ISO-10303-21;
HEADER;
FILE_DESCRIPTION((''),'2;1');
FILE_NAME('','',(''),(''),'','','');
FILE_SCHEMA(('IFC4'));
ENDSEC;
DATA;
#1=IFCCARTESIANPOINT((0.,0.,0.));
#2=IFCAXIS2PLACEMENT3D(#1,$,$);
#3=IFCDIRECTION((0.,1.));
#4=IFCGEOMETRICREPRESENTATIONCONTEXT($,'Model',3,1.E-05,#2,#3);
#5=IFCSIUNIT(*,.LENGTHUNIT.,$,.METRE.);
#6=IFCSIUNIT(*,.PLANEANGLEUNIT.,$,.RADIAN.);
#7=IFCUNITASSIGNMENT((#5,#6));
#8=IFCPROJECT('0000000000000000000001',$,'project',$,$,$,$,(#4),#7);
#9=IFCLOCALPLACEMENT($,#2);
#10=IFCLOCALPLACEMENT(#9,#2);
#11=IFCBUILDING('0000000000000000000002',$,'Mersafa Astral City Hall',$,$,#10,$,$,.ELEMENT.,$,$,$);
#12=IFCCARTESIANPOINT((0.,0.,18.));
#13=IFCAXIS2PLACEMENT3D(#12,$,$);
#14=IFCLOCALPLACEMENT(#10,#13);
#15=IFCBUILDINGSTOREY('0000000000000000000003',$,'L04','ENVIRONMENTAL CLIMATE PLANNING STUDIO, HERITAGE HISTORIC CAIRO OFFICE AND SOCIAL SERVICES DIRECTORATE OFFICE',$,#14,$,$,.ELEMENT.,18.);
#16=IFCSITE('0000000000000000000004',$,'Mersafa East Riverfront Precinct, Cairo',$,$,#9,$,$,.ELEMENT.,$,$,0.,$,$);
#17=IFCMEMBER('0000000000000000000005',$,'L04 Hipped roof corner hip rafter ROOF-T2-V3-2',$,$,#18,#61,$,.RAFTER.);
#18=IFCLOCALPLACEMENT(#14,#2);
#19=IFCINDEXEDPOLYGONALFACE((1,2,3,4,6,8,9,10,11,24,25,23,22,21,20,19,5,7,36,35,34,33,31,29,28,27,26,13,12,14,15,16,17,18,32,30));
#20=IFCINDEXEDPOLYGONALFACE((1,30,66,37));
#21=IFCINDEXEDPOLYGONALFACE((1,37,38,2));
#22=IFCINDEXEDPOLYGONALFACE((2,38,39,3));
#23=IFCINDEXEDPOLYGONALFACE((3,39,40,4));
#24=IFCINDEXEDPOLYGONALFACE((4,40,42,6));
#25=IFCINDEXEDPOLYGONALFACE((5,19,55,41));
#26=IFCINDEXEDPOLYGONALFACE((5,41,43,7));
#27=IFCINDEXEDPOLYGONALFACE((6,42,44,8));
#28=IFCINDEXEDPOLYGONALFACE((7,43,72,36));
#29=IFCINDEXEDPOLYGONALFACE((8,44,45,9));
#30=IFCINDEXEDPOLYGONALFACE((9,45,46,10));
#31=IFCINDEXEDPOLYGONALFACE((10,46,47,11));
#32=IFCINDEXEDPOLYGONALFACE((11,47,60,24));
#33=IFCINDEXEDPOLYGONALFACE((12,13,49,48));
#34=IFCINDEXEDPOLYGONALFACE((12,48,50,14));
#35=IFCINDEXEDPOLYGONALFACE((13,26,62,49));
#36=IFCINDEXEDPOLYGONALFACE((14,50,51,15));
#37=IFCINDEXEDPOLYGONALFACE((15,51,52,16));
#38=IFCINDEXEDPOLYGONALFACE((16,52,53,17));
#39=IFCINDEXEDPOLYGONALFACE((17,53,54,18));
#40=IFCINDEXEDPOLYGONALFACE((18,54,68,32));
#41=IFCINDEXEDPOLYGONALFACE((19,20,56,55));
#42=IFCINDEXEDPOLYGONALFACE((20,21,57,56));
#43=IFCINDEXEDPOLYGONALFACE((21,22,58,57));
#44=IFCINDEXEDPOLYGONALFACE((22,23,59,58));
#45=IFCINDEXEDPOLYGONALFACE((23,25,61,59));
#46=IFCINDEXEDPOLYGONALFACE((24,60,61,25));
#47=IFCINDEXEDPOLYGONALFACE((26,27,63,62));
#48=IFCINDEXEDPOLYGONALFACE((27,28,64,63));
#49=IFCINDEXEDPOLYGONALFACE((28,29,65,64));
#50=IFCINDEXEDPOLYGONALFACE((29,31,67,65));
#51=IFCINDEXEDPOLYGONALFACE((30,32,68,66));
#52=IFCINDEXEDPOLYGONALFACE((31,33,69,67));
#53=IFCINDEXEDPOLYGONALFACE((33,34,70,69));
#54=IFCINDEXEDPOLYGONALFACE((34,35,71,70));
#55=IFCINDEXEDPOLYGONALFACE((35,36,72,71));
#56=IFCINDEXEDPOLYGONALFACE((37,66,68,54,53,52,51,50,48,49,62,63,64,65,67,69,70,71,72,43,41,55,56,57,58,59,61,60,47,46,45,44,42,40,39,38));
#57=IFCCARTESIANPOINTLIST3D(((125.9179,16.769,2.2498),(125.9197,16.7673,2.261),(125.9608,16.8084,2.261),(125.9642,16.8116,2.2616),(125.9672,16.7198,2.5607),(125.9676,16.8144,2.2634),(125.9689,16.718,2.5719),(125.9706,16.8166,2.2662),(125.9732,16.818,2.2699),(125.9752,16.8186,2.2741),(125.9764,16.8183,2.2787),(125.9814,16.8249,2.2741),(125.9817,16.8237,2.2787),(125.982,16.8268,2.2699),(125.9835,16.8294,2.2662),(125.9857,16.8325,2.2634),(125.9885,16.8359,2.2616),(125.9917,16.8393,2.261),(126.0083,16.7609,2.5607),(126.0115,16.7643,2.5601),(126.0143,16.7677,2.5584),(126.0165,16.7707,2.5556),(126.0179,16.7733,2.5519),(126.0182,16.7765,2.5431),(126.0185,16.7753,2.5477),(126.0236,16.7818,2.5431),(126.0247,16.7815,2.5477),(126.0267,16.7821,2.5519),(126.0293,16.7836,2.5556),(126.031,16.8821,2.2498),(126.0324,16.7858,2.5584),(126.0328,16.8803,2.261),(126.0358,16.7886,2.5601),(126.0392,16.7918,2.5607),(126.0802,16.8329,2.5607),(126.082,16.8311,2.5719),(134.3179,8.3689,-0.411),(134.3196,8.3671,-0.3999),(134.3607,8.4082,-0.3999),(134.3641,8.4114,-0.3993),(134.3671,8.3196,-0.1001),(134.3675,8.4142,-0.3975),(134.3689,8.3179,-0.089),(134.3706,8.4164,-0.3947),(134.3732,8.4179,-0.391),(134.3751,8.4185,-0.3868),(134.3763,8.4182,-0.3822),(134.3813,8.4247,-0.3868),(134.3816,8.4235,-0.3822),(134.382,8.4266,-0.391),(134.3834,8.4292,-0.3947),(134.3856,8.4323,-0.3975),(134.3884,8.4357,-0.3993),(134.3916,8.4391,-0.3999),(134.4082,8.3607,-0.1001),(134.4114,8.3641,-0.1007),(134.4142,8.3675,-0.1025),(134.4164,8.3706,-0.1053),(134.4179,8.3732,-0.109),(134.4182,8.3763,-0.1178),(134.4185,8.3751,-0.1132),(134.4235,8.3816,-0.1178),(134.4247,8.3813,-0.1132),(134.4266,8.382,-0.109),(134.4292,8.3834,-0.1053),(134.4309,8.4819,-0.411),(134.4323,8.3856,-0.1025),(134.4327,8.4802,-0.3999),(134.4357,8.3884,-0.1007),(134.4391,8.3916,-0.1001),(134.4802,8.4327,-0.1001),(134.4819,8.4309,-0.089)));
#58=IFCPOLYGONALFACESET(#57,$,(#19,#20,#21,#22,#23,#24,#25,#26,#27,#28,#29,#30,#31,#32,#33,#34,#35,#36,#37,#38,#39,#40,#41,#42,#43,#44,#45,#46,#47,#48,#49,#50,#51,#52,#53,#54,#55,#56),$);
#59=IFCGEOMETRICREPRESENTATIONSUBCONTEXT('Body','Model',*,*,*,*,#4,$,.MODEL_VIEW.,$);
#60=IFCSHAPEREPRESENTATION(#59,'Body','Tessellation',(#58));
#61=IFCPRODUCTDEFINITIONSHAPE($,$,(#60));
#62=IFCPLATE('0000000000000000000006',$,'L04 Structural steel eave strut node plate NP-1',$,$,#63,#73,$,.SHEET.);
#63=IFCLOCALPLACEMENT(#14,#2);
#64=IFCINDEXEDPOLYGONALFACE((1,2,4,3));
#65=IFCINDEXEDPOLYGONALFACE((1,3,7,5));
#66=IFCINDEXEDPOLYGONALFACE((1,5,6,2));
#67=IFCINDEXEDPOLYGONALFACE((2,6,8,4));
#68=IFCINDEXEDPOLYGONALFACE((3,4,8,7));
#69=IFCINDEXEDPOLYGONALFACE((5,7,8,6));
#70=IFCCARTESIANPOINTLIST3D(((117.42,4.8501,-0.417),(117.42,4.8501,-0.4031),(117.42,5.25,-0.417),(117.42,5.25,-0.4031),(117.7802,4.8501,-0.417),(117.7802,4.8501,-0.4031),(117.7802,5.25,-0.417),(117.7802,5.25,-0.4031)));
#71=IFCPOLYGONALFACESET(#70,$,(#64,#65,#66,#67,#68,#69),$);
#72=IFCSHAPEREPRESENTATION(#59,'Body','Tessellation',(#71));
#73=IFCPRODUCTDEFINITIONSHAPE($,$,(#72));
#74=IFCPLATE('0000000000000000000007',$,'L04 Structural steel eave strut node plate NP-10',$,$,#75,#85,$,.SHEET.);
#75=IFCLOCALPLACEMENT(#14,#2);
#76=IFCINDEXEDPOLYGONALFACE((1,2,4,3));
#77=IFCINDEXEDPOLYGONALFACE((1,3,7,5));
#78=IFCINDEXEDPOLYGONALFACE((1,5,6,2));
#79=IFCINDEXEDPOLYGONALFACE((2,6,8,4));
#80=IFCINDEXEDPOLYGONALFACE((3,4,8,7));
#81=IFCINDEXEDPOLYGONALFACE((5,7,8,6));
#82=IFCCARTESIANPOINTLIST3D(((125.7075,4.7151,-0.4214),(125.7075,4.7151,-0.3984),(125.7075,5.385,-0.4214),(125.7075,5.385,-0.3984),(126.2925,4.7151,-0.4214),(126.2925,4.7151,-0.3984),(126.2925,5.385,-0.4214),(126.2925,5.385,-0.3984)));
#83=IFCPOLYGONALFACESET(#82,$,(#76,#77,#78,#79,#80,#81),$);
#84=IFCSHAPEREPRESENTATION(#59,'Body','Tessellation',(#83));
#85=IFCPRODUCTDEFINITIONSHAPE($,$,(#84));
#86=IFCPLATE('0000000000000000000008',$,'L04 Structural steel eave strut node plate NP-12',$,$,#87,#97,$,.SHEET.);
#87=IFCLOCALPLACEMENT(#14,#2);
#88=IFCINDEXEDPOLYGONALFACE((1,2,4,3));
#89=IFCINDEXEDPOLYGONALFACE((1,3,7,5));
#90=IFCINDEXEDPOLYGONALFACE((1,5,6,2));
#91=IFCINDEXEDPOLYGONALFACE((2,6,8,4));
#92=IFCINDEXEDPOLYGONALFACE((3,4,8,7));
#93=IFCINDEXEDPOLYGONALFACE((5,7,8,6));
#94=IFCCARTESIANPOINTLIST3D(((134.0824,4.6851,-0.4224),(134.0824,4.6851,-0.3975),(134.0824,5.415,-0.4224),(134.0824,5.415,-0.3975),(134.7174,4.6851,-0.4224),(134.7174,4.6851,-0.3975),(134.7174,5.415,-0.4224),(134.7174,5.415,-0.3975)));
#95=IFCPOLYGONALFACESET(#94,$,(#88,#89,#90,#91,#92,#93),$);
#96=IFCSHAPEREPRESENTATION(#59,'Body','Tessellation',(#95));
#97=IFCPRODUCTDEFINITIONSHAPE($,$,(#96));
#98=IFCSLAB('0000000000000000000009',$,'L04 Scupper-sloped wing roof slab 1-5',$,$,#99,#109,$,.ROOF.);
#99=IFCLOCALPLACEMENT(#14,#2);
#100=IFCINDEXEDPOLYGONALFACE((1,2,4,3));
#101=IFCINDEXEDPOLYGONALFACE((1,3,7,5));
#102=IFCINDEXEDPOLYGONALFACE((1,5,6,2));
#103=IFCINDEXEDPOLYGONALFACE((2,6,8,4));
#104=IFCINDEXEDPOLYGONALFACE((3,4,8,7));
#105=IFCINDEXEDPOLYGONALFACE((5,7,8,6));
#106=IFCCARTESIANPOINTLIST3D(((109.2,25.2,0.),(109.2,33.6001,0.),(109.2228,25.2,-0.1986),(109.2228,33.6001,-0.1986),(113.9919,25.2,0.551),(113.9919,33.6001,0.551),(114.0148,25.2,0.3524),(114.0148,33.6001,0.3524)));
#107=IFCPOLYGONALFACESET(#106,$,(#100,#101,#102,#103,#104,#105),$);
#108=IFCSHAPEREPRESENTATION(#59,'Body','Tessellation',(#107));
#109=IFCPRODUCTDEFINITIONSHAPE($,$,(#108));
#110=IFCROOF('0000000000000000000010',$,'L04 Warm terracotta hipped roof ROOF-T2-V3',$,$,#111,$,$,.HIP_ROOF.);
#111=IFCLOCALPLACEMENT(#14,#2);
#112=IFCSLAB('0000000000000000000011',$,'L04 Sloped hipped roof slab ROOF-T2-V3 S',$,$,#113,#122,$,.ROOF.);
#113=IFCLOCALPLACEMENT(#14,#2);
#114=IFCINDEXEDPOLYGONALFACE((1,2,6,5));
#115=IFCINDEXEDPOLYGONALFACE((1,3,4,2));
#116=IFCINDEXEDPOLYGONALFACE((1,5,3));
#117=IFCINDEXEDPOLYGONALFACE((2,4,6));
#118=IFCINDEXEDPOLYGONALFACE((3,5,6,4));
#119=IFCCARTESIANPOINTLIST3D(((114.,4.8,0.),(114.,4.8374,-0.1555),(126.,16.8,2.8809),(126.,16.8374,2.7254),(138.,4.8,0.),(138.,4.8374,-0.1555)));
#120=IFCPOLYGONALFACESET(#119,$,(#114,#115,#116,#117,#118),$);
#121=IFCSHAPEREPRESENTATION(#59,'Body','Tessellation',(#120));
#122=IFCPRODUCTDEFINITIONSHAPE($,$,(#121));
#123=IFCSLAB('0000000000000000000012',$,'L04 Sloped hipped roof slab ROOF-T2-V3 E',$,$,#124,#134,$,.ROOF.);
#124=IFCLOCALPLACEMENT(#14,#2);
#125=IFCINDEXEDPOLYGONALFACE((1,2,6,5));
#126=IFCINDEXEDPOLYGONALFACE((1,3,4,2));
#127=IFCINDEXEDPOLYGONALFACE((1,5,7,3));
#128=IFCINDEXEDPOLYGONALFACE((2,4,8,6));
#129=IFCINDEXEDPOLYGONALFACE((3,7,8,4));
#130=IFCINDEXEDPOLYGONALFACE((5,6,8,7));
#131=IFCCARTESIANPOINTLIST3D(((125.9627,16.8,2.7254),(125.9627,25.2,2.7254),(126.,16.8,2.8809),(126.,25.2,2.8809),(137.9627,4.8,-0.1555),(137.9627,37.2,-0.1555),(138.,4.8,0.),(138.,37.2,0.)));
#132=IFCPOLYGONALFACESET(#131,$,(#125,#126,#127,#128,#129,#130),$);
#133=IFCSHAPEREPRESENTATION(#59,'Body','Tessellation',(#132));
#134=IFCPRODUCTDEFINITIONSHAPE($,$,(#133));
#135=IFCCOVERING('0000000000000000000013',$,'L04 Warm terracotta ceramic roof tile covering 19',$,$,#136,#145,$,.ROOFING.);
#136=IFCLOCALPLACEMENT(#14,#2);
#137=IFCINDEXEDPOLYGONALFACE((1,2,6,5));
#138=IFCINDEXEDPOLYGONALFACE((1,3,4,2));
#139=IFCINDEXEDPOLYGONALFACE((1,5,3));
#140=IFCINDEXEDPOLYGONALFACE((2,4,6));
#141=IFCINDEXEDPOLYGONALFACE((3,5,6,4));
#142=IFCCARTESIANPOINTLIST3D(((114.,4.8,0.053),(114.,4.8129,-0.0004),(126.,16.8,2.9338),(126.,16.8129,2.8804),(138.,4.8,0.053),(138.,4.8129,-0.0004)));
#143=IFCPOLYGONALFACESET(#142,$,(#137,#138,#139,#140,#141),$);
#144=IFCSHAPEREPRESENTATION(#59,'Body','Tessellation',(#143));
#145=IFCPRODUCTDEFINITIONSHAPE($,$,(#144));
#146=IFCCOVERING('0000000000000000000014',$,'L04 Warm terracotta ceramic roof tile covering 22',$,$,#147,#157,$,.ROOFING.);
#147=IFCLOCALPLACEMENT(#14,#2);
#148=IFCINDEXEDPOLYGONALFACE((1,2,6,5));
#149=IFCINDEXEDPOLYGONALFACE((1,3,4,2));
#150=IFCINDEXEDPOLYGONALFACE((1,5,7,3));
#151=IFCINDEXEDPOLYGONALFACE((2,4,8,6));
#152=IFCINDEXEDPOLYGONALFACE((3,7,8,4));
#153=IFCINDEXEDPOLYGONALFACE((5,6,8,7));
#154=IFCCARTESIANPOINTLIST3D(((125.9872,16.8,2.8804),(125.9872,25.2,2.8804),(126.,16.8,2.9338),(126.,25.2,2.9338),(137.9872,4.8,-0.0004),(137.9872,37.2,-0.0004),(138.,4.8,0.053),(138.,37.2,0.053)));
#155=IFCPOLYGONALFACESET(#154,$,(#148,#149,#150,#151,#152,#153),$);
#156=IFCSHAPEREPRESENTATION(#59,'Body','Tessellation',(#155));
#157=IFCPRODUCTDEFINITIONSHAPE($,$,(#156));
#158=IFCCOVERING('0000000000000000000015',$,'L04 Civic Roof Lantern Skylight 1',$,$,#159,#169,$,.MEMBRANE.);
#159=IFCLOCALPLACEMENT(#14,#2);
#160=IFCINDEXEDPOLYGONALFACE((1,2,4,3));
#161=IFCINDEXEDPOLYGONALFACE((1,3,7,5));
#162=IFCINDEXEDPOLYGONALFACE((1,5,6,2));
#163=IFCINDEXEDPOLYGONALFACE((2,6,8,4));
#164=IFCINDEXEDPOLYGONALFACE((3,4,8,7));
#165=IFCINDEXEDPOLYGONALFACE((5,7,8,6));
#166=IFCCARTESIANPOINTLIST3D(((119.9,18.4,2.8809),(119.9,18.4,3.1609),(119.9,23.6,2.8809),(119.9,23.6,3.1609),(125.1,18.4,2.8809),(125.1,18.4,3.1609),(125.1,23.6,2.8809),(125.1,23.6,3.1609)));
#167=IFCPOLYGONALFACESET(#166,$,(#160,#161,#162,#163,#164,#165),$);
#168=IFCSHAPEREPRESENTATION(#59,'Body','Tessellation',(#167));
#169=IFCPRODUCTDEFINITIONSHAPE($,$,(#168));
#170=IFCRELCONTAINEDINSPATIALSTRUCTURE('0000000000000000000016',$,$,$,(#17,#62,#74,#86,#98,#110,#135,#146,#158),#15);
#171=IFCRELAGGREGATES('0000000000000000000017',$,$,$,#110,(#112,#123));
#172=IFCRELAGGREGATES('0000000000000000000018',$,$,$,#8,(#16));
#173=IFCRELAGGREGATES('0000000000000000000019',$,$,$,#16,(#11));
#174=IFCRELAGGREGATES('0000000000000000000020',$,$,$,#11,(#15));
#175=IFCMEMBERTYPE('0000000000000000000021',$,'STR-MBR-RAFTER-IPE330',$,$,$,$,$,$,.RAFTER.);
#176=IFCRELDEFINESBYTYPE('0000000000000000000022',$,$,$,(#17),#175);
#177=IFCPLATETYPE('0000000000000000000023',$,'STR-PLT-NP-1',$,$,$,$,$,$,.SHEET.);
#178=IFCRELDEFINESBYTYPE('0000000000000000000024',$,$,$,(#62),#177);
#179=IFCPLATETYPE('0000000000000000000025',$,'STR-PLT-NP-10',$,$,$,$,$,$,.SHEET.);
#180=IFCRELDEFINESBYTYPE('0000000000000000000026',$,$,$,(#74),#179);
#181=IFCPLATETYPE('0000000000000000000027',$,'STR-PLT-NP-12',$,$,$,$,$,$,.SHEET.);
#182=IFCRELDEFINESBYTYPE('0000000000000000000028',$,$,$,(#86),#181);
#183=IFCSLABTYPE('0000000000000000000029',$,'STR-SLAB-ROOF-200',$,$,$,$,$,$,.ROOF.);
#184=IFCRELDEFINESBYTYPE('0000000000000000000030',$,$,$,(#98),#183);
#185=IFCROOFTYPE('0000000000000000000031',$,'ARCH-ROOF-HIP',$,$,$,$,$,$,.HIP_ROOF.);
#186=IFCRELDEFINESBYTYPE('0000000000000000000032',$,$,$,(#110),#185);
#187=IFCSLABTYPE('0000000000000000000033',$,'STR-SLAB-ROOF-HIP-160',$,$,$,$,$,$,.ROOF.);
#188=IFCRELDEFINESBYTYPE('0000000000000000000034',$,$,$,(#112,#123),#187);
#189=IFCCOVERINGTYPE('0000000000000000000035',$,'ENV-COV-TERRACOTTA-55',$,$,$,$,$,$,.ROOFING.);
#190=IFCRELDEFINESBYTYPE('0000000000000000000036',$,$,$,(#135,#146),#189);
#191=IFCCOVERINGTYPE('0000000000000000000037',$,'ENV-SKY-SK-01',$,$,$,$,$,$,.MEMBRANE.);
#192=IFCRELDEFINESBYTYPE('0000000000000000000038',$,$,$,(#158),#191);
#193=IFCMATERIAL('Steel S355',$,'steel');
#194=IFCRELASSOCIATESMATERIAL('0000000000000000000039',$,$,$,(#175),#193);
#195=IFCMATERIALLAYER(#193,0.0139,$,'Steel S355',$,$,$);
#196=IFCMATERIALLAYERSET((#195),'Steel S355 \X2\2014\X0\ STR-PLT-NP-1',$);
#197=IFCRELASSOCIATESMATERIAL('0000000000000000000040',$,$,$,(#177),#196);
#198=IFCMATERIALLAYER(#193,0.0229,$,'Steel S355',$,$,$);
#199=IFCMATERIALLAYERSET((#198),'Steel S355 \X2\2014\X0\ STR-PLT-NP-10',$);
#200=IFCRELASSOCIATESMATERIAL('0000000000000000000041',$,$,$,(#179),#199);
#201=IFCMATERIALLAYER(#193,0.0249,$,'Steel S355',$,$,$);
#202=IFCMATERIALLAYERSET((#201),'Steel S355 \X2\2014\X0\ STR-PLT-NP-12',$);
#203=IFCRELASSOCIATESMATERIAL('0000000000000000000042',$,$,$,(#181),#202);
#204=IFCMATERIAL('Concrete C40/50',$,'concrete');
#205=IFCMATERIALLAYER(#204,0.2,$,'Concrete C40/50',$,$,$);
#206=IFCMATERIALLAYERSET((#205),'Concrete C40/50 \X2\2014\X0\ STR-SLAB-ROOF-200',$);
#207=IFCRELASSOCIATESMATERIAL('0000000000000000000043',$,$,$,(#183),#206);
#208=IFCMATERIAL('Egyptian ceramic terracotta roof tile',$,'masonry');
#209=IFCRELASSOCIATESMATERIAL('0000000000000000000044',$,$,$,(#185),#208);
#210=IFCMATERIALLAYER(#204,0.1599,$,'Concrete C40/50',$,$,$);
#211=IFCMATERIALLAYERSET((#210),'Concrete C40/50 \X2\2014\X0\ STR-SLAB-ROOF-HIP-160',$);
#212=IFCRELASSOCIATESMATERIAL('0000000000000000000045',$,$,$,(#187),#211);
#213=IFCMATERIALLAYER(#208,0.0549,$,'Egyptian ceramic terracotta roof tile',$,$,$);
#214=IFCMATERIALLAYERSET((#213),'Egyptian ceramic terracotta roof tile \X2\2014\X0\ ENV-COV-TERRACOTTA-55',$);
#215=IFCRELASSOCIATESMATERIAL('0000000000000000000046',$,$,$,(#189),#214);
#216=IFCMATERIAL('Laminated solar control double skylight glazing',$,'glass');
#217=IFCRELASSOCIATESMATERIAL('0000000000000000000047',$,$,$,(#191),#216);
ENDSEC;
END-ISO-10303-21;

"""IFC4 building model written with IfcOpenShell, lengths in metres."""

from ifc_helpers import new_model, si_unit, direction, frame, origin, origin_2d, place, context, subcontext, project, spatial, polyline, rectangle, i_section, outline, extrude, material, layer, layer_set, material_profile, profile_set, type_object, element, aggregate, save


model = new_model("IFC4")

# Units and contexts
model_context = context("Model", 3, precision=1e-05, world=origin(), true_north=direction((0.0, 1.0)))
body_context = subcontext(model_context, "Body", "Model", "MODEL_VIEW")
ifc_project = project(units=[si_unit("LENGTHUNIT", "METRE"), si_unit("PLANEANGLEUNIT", "RADIAN")], contexts=[model_context])

# Site, building, storey
site_placement = place(None, origin())
site = spatial("IfcSite", under=ifc_project, at=site_placement, Name="Mersafa East Riverfront Precinct, Cairo", CompositionType="ELEMENT", RefElevation=0.0)
building_placement = place(site_placement, origin())
building = spatial("IfcBuilding", under=site, at=building_placement, Name="Mersafa Astral City Hall", CompositionType="ELEMENT")
storey_placement = place(building_placement, frame((0.0, 0.0, 18.0)))
storey = spatial("IfcBuildingStorey", under=building, at=storey_placement, Name="L04", Description="ENVIRONMENTAL CLIMATE PLANNING STUDIO, HERITAGE HISTORIC CAIRO OFFICE AND SOCIAL SERVICES DIRECTORATE OFFICE", CompositionType="ELEMENT", Elevation=18.0)

# Shared definitions
ifc_material_1 = material(Name="Steel S355", Category="steel")

# Member
ifc_material_profile_1 = material_profile(ifc_material_1, i_section(OverallWidth=0.1599, OverallDepth=0.3301, WebThickness=0.0076, FlangeThickness=0.0115, FilletRadius=0.0181, at=origin_2d()), Name="IPE 330")
ifc_profile_set_1 = profile_set([ifc_material_profile_1], Name="Steel S355")
member_type = type_object("IfcMemberType", Name="STR-MBR-RAFTER-IPE330", PredefinedType="RAFTER", material=ifc_profile_set_1)
for number, where, z_axis, x_axis, name in (
    (1, (134.3999, 8.3999, -0.25), (-0.689999, 0.690019, 0.218575), (-0.707117, -0.707097, 0.0), "L04 Hipped roof corner hip rafter ROOF-T2-V3-2"),
):
    element("IfcMember", number, at=place(storey_placement, frame(where, z_axis=z_axis, x_axis=x_axis)), inside=storey, type_object=member_type, Name=name, PredefinedType="RAFTER", context=body_context, shape_type="SweptSolid", body=[
        extrude(i_section(OverallWidth=0.1599, OverallDepth=0.3301, WebThickness=0.0076, FlangeThickness=0.0115, FilletRadius=0.0181, at=origin_2d()), origin(), (0.0, 0.0, 1.0), 12.1738),
    ])

# Plates
ifc_layer_1 = layer(ifc_material_1, 0.0139, Name="Steel S355")
ifc_layer_set_1 = layer_set([ifc_layer_1], Name="Steel S355 — STR-PLT-NP-1")
plate_type_1 = type_object("IfcPlateType", Name="STR-PLT-NP-1", PredefinedType="SHEET", material=ifc_layer_set_1)
plate_1_placement = place(storey_placement, frame((117.6001, 5.05, -0.417), z_axis=(0.0, 0.0, 1.0), x_axis=(1.0, 0.0, 0.0)))
element("IfcPlate", 2, at=plate_1_placement, inside=storey, type_object=plate_type_1, Name="L04 Structural steel eave strut node plate NP-1", PredefinedType="SHEET", context=body_context, shape_type="SweptSolid", body=[
    extrude(rectangle(XDim=0.3601, YDim=0.3999, at=origin_2d()), origin(), (0.0, 0.0, 1.0), 0.0139),
])
ifc_layer_2 = layer(ifc_material_1, 0.0229, Name="Steel S355")
ifc_layer_set_2 = layer_set([ifc_layer_2], Name="Steel S355 — STR-PLT-NP-10")
plate_type_2 = type_object("IfcPlateType", Name="STR-PLT-NP-10", PredefinedType="SHEET", material=ifc_layer_set_2)
plate_2_placement = place(storey_placement, frame((126.0, 5.05, -0.4214), z_axis=(0.0, 0.0, 1.0), x_axis=(1.0, 0.0, 0.0)))
element("IfcPlate", 3, at=plate_2_placement, inside=storey, type_object=plate_type_2, Name="L04 Structural steel eave strut node plate NP-10", PredefinedType="SHEET", context=body_context, shape_type="SweptSolid", body=[
    extrude(rectangle(XDim=0.585, YDim=0.6699, at=origin_2d()), origin(), (0.0, 0.0, 1.0), 0.0229),
])
ifc_layer_3 = layer(ifc_material_1, 0.0249, Name="Steel S355")
ifc_layer_set_3 = layer_set([ifc_layer_3], Name="Steel S355 — STR-PLT-NP-12")
plate_type_3 = type_object("IfcPlateType", Name="STR-PLT-NP-12", PredefinedType="SHEET", material=ifc_layer_set_3)
plate_3_placement = place(storey_placement, frame((134.3999, 5.05, -0.4224), z_axis=(0.0, 0.0, 1.0), x_axis=(1.0, 0.0, 0.0)))
element("IfcPlate", 4, at=plate_3_placement, inside=storey, type_object=plate_type_3, Name="L04 Structural steel eave strut node plate NP-12", PredefinedType="SHEET", context=body_context, shape_type="SweptSolid", body=[
    extrude(rectangle(XDim=0.635, YDim=0.73, at=origin_2d()), origin(), (0.0, 0.0, 1.0), 0.0249),
])

# Slab
ifc_material_2 = material(Name="Concrete C40/50", Category="concrete")
ifc_layer_4 = layer(ifc_material_2, 0.2, Name="Concrete C40/50")
ifc_layer_set_4 = layer_set([ifc_layer_4], Name="Concrete C40/50 — STR-SLAB-ROOF-200")
slab_type_1 = type_object("IfcSlabType", Name="STR-SLAB-ROOF-200", PredefinedType="ROOF", material=ifc_layer_set_4)
slab_1_placement = place(storey_placement, frame((113.9919, 25.2, 0.551), z_axis=(-0.114236, 0.0, 0.993454), x_axis=(0.0, 1.0, 0.0)))
element("IfcSlab", 5, at=slab_1_placement, inside=storey, type_object=slab_type_1, Name="L04 Scupper-sloped wing roof slab 1-5", PredefinedType="ROOF", context=body_context, shape_type="SweptSolid", body=[
    extrude(outline(polyline([(0.0, 0.0), (8.4001, 0.0), (8.4001, 4.8236), (0.0, 4.8236), (0.0, 0.0)])), origin(), (0.0, 0.0, -1.0), 0.2),
])

# Roof, slabs
ifc_material_3 = material(Name="Egyptian ceramic terracotta roof tile", Category="masonry")
roof_type = type_object("IfcRoofType", Name="ARCH-ROOF-HIP", PredefinedType="HIP_ROOF", material=ifc_material_3)
roof_placement = place(storey_placement, origin())
roof = element("IfcRoof", 6, at=roof_placement, inside=storey, type_object=roof_type, Name="L04 Warm terracotta hipped roof ROOF-T2-V3", PredefinedType="HIP_ROOF")
ifc_layer_5 = layer(ifc_material_2, 0.1599, Name="Concrete C40/50")
ifc_layer_set_5 = layer_set([ifc_layer_5], Name="Concrete C40/50 — STR-SLAB-ROOF-HIP-160")
slab_type_2 = type_object("IfcSlabType", Name="STR-SLAB-ROOF-HIP-160", PredefinedType="ROOF", material=ifc_layer_set_5)
slab_2_placement = place(storey_placement, frame((114.0, 4.8, 0.0), z_axis=(0.0, -0.233439, 0.972371), x_axis=(1.0, 0.0, 0.0)))
slab_2 = element("IfcSlab", 7, at=slab_2_placement, type_object=slab_type_2, Name="L04 Sloped hipped roof slab ROOF-T2-V3 S", PredefinedType="ROOF", context=body_context, shape_type="SweptSolid", body=[
    extrude(outline(polyline([(0.0, 0.0), (24.0, 0.0), (12.0, 12.341), (0.0, 0.0)])), origin(), (0.0, 0.0, -1.0), 0.1599),
])
slab_3_placement = place(storey_placement, frame((138.0, 4.8, 0.0), z_axis=(0.233439, 0.0, 0.972371), x_axis=(0.0, 1.0, 0.0)))
slab_3 = element("IfcSlab", 8, at=slab_3_placement, type_object=slab_type_2, Name="L04 Sloped hipped roof slab ROOF-T2-V3 E", PredefinedType="ROOF", context=body_context, shape_type="SweptSolid", body=[
    extrude(outline(polyline([(0.0, 0.0), (32.3999, 0.0), (20.3999, 12.341), (12.0, 12.341), (0.0, 0.0)])), origin(), (0.0, 0.0, -1.0), 0.1599),
])
aggregate(roof, [slab_2, slab_3])

# Coverings
ifc_layer_6 = layer(ifc_material_3, 0.0549, Name="Egyptian ceramic terracotta roof tile")
ifc_layer_set_6 = layer_set([ifc_layer_6], Name="Egyptian ceramic terracotta roof tile — ENV-COV-TERRACOTTA-55")
covering_type_1 = type_object("IfcCoveringType", Name="ENV-COV-TERRACOTTA-55", PredefinedType="ROOFING", material=ifc_layer_set_6)
covering_1_placement = place(storey_placement, frame((114.0, 4.8, 0.053), z_axis=(0.0, -0.233439, 0.972371), x_axis=(1.0, 0.0, 0.0)))
element("IfcCovering", 9, at=covering_1_placement, inside=storey, type_object=covering_type_1, Name="L04 Warm terracotta ceramic roof tile covering 19", PredefinedType="ROOFING", context=body_context, shape_type="SweptSolid", body=[
    extrude(outline(polyline([(0.0, 0.0), (24.0, 0.0), (12.0, 12.341), (0.0, 0.0)])), origin(), (0.0, 0.0, -1.0), 0.0549),
])
covering_2_placement = place(storey_placement, frame((138.0, 4.8, 0.053), z_axis=(0.233439, 0.0, 0.972371), x_axis=(0.0, 1.0, 0.0)))
element("IfcCovering", 10, at=covering_2_placement, inside=storey, type_object=covering_type_1, Name="L04 Warm terracotta ceramic roof tile covering 22", PredefinedType="ROOFING", context=body_context, shape_type="SweptSolid", body=[
    extrude(outline(polyline([(0.0, 0.0), (32.3999, 0.0), (20.3999, 12.341), (12.0, 12.341), (0.0, 0.0)])), origin(), (0.0, 0.0, -1.0), 0.0549),
])
ifc_material_4 = material(Name="Laminated solar control double skylight glazing", Category="glass")
covering_type_2 = type_object("IfcCoveringType", Name="ENV-SKY-SK-01", PredefinedType="MEMBRANE", material=ifc_material_4)
covering_3_placement = place(storey_placement, frame((122.5, 21.0, 2.8809), z_axis=(0.0, 0.0, 1.0), x_axis=(1.0, 0.0, 0.0)))
element("IfcCovering", 11, at=covering_3_placement, inside=storey, type_object=covering_type_2, Name="L04 Civic Roof Lantern Skylight 1", PredefinedType="MEMBRANE", context=body_context, shape_type="SweptSolid", body=[
    extrude(rectangle(XDim=5.2, YDim=5.2, at=origin_2d()), origin(), (0.0, 0.0, 1.0), 0.28),
])

save(model, "model.ifc")
